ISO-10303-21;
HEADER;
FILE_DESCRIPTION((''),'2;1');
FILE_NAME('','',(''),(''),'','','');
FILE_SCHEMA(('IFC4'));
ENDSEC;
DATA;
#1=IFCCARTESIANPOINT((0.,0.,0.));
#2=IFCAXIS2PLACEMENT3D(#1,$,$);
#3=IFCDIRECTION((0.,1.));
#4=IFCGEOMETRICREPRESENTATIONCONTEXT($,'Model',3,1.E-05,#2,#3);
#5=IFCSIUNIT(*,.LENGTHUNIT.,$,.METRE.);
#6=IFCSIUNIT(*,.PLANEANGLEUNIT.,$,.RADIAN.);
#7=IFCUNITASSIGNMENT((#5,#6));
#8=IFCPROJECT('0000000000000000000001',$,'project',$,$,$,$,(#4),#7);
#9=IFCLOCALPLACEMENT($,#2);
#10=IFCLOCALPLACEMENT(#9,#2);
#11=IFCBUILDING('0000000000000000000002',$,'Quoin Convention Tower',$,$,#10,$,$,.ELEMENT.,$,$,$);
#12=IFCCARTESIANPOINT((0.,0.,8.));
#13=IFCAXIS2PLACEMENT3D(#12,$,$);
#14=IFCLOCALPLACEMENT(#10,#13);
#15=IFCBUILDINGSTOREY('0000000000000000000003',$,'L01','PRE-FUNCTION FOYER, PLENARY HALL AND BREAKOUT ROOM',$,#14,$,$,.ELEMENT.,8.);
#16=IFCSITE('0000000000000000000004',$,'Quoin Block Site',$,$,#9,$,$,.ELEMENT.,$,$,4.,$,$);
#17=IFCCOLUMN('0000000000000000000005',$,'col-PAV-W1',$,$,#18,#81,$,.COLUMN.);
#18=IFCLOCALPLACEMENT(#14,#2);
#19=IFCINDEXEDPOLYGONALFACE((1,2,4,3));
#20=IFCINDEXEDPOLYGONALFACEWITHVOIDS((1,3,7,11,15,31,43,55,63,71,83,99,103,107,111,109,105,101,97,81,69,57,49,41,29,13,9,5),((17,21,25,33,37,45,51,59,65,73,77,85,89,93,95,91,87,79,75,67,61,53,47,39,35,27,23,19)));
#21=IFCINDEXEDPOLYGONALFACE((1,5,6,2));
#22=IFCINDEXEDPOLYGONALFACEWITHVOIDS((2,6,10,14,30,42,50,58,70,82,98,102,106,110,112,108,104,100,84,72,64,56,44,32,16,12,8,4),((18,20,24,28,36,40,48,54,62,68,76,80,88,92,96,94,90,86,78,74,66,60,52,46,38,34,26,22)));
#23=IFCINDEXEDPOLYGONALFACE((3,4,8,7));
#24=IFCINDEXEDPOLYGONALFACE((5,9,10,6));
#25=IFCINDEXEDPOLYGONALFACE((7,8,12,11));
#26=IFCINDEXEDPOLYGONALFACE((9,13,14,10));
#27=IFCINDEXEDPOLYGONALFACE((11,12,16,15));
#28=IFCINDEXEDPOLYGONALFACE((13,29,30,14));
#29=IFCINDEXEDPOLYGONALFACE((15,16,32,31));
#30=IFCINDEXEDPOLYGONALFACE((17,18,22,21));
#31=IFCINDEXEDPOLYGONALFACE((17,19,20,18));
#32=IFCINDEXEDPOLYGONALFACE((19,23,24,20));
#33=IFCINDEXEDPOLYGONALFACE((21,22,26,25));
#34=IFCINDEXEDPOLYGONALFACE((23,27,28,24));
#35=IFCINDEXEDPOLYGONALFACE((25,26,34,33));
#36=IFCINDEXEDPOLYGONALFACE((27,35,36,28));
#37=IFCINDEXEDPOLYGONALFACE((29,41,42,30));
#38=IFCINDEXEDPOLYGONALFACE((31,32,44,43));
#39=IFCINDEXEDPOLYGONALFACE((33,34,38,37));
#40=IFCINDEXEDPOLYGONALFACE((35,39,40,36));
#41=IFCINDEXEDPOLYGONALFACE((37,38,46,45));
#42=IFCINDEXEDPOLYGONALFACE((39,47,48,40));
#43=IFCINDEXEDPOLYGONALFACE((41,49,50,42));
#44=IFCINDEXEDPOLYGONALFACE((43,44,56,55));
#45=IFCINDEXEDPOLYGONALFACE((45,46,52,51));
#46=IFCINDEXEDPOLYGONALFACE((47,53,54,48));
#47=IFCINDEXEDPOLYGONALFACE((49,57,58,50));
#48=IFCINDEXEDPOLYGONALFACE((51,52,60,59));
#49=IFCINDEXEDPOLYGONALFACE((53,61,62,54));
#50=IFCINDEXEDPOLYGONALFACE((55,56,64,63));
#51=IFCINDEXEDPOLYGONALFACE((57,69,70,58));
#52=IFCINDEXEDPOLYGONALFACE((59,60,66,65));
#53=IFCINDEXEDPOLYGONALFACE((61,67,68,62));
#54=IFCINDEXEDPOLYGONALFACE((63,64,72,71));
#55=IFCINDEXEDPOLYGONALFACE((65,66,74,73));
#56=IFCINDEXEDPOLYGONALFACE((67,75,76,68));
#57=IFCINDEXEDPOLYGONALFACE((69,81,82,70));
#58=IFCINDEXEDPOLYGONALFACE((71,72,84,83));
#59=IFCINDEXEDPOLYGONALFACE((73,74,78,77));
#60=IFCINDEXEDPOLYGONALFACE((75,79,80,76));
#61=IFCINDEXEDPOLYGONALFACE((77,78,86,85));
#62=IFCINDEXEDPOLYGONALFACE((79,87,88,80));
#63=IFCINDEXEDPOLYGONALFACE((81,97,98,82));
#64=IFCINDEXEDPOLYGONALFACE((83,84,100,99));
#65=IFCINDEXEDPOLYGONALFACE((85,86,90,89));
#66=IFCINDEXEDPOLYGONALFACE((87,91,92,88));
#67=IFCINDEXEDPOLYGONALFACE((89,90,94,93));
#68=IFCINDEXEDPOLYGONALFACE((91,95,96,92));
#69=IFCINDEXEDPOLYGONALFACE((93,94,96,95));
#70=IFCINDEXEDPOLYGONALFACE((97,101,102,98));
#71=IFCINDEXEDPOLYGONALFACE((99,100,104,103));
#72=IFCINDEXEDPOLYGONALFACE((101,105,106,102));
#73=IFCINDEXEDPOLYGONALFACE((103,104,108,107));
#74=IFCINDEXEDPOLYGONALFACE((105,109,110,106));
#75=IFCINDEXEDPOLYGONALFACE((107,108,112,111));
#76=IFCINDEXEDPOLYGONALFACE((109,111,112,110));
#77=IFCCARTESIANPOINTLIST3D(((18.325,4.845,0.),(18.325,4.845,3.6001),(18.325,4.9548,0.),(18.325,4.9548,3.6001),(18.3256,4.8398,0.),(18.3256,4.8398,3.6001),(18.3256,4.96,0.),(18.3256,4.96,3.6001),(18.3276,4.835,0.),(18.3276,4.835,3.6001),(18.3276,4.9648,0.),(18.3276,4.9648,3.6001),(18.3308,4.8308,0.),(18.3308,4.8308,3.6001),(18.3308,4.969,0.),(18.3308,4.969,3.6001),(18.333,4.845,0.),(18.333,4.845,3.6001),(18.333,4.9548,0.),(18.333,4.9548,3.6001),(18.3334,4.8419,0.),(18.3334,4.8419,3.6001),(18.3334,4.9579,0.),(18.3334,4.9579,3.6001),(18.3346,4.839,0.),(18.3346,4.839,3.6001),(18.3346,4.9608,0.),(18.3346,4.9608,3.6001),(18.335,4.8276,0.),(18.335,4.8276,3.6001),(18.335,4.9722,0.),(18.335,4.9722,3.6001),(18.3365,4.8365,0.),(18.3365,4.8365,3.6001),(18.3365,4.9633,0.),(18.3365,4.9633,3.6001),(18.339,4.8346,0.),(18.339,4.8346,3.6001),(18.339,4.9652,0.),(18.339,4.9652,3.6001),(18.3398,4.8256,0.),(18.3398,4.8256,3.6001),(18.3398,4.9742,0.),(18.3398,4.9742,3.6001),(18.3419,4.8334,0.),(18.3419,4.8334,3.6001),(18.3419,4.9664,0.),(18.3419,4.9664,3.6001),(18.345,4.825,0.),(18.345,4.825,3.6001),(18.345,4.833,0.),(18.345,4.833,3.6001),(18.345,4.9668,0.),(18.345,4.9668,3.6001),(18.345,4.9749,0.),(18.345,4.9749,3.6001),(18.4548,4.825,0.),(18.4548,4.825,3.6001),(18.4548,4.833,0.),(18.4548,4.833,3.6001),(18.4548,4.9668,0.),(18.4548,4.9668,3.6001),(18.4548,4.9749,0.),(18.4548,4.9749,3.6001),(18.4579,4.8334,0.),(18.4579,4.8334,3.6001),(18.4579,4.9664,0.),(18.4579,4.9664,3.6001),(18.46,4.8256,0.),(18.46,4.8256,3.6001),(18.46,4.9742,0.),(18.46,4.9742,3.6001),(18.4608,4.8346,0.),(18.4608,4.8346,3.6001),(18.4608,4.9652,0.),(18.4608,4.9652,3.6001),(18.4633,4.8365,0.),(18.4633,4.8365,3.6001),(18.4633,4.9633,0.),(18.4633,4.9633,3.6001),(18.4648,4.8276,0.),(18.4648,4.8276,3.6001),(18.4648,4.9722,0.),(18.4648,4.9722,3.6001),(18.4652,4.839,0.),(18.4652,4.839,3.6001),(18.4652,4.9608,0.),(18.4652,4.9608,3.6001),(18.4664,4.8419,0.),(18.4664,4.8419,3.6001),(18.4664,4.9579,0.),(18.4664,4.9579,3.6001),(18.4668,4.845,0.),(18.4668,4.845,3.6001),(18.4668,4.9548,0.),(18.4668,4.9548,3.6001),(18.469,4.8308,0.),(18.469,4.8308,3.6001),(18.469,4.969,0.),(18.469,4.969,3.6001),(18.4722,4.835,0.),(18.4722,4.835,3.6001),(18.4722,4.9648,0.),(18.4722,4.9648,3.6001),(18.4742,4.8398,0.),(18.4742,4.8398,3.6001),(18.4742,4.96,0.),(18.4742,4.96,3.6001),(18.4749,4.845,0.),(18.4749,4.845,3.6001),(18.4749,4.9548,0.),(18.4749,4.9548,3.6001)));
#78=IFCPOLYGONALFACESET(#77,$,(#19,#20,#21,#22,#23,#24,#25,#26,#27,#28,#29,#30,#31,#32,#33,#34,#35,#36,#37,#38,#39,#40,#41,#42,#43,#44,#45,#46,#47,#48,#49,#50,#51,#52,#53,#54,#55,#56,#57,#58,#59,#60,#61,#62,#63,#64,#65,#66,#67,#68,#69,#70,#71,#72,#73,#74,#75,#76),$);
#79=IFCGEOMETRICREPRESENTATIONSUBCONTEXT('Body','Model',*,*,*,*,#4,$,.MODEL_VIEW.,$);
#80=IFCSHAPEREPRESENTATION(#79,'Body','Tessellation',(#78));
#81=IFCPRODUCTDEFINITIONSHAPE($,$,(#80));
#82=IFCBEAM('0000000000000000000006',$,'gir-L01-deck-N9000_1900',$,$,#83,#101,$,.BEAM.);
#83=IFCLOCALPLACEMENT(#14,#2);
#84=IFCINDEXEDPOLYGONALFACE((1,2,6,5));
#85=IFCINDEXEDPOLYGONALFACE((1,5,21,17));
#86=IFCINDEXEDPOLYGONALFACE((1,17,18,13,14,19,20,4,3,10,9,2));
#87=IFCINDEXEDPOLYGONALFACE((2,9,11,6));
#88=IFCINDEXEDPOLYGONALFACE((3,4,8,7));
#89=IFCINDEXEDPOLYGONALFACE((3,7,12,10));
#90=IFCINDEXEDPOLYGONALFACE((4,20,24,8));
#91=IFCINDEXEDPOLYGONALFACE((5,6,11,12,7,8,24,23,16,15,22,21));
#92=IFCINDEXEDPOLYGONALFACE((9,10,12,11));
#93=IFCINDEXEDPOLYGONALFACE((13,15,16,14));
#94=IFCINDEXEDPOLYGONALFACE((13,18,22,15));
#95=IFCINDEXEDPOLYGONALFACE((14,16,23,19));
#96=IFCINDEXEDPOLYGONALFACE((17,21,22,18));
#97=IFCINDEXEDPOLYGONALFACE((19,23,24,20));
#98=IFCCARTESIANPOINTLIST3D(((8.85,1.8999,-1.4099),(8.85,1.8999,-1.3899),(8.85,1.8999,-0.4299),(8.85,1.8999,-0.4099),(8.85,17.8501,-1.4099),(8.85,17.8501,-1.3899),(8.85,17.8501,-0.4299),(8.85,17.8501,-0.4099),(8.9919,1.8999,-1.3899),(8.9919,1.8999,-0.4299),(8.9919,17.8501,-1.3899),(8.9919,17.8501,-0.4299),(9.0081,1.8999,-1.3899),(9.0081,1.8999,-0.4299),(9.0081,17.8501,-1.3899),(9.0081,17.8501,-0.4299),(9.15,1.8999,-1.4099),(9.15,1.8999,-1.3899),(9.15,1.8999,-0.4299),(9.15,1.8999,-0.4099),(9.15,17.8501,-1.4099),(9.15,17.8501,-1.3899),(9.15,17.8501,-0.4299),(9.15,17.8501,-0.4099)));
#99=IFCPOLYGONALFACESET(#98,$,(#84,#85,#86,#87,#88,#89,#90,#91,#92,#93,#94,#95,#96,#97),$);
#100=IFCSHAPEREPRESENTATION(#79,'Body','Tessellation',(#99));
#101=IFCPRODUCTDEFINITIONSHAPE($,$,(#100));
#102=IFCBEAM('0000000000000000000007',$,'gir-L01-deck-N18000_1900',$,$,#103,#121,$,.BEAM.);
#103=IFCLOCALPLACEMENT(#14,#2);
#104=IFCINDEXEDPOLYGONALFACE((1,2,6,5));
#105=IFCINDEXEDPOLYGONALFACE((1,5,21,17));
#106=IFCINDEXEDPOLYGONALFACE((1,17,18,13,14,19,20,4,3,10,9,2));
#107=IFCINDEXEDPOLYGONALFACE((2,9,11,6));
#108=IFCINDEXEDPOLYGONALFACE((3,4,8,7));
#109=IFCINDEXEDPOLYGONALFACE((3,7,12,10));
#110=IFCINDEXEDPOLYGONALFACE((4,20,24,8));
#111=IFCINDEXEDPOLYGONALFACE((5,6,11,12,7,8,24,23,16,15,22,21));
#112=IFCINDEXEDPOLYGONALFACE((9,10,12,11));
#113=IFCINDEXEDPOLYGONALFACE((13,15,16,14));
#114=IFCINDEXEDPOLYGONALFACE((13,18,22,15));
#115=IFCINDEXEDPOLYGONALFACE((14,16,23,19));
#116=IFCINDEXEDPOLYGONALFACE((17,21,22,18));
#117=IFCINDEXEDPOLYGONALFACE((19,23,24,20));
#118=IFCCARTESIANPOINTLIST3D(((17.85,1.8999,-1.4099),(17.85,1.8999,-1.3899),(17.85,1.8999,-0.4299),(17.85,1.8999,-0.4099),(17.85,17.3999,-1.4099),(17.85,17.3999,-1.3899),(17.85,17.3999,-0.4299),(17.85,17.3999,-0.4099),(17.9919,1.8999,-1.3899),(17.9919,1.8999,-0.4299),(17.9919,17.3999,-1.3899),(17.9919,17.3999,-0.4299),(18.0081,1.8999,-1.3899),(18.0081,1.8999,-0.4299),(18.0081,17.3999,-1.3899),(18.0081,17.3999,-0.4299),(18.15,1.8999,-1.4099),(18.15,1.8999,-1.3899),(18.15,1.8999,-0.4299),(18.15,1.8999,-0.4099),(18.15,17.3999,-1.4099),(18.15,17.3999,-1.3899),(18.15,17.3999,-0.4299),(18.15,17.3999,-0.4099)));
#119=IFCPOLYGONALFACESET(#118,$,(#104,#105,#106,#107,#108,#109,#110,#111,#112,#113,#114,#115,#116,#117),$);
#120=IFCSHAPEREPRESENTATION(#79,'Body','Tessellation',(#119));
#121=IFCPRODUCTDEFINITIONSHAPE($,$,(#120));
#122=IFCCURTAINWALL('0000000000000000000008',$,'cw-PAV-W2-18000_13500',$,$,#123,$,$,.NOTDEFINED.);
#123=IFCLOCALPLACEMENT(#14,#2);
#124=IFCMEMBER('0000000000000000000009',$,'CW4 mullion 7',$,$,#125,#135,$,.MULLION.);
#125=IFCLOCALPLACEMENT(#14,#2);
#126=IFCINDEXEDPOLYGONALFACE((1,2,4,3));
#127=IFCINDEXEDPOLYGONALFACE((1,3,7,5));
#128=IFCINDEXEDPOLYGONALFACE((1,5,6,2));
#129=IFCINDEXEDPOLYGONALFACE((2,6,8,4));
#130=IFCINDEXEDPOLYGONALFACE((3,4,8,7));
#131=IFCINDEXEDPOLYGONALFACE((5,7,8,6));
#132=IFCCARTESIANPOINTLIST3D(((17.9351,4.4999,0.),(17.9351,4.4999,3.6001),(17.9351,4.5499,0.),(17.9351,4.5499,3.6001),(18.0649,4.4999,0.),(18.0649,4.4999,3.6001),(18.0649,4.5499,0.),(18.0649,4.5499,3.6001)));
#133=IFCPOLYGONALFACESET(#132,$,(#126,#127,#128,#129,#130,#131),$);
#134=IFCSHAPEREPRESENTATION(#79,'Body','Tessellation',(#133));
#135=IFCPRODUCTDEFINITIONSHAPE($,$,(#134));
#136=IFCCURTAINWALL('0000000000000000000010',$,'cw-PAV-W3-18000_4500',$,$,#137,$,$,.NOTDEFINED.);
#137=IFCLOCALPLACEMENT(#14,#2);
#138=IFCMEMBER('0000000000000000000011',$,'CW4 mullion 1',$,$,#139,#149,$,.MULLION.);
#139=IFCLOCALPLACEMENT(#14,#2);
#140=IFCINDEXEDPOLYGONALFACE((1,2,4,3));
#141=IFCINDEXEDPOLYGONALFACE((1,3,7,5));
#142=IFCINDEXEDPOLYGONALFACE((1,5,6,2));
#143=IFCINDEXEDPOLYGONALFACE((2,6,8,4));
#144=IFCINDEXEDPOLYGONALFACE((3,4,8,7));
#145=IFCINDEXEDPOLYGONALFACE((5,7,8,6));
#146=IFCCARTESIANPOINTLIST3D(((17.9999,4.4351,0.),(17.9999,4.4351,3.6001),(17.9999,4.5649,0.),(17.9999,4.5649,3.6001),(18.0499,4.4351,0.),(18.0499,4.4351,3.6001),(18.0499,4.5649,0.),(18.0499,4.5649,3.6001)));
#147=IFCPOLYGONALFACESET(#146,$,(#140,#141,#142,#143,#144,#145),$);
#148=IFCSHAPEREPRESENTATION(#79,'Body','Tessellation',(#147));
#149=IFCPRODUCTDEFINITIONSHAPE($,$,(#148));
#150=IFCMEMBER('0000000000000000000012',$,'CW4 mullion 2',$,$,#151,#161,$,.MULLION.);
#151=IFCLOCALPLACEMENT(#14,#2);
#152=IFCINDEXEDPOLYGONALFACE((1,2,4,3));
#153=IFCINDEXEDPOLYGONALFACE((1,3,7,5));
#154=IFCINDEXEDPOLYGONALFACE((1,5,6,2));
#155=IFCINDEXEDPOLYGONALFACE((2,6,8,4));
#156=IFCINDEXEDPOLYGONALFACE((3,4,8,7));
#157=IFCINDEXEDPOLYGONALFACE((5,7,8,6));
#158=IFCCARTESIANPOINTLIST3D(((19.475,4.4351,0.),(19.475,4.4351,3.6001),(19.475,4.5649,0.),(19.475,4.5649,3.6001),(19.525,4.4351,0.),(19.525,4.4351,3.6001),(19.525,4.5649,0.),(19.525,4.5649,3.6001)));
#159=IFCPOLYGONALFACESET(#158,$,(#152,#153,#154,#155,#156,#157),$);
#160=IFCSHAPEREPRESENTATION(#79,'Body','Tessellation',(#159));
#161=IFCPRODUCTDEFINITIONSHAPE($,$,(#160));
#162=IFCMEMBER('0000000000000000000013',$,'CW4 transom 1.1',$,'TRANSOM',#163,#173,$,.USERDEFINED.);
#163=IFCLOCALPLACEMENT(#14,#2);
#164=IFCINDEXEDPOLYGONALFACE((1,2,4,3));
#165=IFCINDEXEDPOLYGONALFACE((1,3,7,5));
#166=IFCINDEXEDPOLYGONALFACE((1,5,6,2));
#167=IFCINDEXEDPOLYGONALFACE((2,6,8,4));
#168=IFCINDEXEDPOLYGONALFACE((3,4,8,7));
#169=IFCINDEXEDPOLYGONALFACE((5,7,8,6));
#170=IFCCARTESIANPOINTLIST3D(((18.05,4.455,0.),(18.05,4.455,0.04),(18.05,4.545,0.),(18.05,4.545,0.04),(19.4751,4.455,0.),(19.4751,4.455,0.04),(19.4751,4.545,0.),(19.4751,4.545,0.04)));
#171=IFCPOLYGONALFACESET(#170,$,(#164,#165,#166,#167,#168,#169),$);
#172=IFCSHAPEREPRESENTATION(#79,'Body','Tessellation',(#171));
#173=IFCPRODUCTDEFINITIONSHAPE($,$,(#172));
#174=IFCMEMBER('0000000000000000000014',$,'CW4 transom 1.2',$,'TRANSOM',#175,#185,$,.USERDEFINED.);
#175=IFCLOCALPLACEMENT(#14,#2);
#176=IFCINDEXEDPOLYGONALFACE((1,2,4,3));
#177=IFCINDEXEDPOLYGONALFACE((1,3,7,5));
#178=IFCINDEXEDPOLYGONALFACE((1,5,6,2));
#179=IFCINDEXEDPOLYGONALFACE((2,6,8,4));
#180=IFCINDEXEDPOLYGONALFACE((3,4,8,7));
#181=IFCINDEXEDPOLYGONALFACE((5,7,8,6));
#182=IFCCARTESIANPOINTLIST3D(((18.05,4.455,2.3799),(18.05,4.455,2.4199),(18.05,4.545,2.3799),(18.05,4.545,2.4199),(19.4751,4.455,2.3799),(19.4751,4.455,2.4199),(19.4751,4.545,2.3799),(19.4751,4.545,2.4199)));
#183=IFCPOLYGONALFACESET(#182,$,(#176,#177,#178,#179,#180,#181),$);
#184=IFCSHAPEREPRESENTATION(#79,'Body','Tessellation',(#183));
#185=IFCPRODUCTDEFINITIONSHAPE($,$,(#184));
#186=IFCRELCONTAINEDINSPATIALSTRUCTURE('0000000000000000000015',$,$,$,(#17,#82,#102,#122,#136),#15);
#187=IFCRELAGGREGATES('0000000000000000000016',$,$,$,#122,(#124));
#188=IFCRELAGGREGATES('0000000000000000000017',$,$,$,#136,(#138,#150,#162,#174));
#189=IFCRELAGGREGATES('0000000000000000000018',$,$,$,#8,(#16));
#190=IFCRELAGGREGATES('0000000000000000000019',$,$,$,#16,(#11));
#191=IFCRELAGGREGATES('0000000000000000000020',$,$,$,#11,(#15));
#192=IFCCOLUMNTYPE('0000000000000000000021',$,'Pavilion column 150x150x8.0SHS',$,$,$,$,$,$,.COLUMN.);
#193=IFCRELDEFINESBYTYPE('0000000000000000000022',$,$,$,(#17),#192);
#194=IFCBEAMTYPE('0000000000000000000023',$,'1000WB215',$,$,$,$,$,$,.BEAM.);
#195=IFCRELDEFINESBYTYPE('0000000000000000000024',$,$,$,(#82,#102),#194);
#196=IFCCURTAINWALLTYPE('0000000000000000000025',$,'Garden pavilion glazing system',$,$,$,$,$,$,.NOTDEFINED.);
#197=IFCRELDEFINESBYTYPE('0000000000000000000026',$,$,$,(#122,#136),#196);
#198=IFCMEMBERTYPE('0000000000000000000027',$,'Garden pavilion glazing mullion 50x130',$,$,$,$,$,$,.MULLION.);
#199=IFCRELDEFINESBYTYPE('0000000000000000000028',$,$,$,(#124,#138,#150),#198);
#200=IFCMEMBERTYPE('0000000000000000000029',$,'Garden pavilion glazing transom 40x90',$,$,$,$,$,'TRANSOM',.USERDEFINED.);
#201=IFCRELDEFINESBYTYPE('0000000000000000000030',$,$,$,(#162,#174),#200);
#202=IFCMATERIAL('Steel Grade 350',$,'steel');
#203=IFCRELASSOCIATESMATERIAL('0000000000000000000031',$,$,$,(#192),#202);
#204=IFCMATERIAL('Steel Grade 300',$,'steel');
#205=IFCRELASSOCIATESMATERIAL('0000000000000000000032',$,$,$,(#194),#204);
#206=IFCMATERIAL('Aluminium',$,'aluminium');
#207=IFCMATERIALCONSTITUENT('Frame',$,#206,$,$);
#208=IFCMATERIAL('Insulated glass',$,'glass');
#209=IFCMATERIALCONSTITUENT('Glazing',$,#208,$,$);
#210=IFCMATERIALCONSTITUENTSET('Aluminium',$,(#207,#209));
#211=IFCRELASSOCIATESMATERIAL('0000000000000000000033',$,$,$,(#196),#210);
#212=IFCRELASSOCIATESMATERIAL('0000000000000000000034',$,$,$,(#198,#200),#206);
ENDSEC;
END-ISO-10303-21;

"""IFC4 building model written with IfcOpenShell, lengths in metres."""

from ifc_helpers import new_model, si_unit, direction, frame, origin, origin_2d, place, context, subcontext, project, spatial, rectangle, hollow_rectangle, i_section, extrude, material, constituent, constituent_set, material_profile, profile_set, type_object, element, aggregate, save


model = new_model("IFC4")

# Units and contexts
model_context = context("Model", 3, precision=1e-05, world=origin(), true_north=direction((0.0, 1.0)))
body_context = subcontext(model_context, "Body", "Model", "MODEL_VIEW")
ifc_project = project(units=[si_unit("LENGTHUNIT", "METRE"), si_unit("PLANEANGLEUNIT", "RADIAN")], contexts=[model_context])

# Site, building, storey
site_placement = place(None, origin())
site = spatial("IfcSite", under=ifc_project, at=site_placement, Name="Quoin Block Site", CompositionType="ELEMENT", RefElevation=4.0)
building_placement = place(site_placement, origin())
building = spatial("IfcBuilding", under=site, at=building_placement, Name="Quoin Convention Tower", CompositionType="ELEMENT")
storey_placement = place(building_placement, frame((0.0, 0.0, 8.0)))
storey = spatial("IfcBuildingStorey", under=building, at=storey_placement, Name="L01", Description="PRE-FUNCTION FOYER, PLENARY HALL AND BREAKOUT ROOM", CompositionType="ELEMENT", Elevation=8.0)

# Column
ifc_material_1 = material(Name="Steel Grade 350", Category="steel")
ifc_material_profile_1 = material_profile(ifc_material_1, hollow_rectangle(XDim=0.1499, YDim=0.1499, WallThickness=0.0081, InnerFilletRadius=0.012, OuterFilletRadius=0.02, at=origin_2d()), Name="150x150x8.0SHS")
ifc_profile_set_1 = profile_set([ifc_material_profile_1], Name="Steel Grade 350")
column_type = type_object("IfcColumnType", Name="Pavilion column 150x150x8.0SHS", PredefinedType="COLUMN", material=ifc_profile_set_1)
column_placement = place(storey_placement, frame((18.3999, 4.8999, 0.0), z_axis=(0.0, 0.0, 1.0), x_axis=(1.0, 0.0, 0.0)))
element("IfcColumn", 1, at=column_placement, inside=storey, type_object=column_type, Name="col-PAV-W1", PredefinedType="COLUMN", context=body_context, shape_type="SweptSolid", body=[
    extrude(hollow_rectangle(XDim=0.1499, YDim=0.1499, WallThickness=0.0081, InnerFilletRadius=0.012, OuterFilletRadius=0.02, at=origin_2d()), origin(), (0.0, 0.0, 1.0), 3.6001),
])

# Beams
ifc_material_2 = material(Name="Steel Grade 300", Category="steel")
ifc_material_profile_2 = material_profile(ifc_material_2, i_section(OverallWidth=0.3, OverallDepth=1.0, WebThickness=0.0161, FlangeThickness=0.02, at=origin_2d()), Name="1000WB215")
ifc_profile_set_2 = profile_set([ifc_material_profile_2], Name="Steel Grade 300")
beam_type_1 = type_object("IfcBeamType", Name="1000WB215", PredefinedType="BEAM", material=ifc_profile_set_2)
beam_1_placement = place(storey_placement, frame((9.0, 1.8999, -0.9099), z_axis=(0.0, 1.0, 0.0), x_axis=(-1.0, 0.0, 0.0)))
element("IfcBeam", 2, at=beam_1_placement, inside=storey, type_object=beam_type_1, Name="gir-L01-deck-N9000_1900", PredefinedType="BEAM", context=body_context, shape_type="SweptSolid", body=[
    extrude(i_section(OverallWidth=0.3, OverallDepth=1.0, WebThickness=0.0161, FlangeThickness=0.02, at=origin_2d()), origin(), (0.0, 0.0, 1.0), 15.9502),
])
beam_2_placement = place(storey_placement, frame((18.0, 1.8999, -0.9099), z_axis=(0.0, 1.0, 0.0), x_axis=(-1.0, 0.0, 0.0)))
element("IfcBeam", 3, at=beam_2_placement, inside=storey, type_object=beam_type_1, Name="gir-L01-deck-N18000_1900", PredefinedType="BEAM", context=body_context, shape_type="SweptSolid", body=[
    extrude(i_section(OverallWidth=0.3, OverallDepth=1.0, WebThickness=0.0161, FlangeThickness=0.02, at=origin_2d()), origin(), (0.0, 0.0, 1.0), 15.5),
])

# Curtain wall, member
ifc_material_3 = material(Name="Aluminium", Category="aluminium")
ifc_constituent_1 = constituent(ifc_material_3, Name="Frame")
ifc_material_4 = material(Name="Insulated glass", Category="glass")
ifc_constituent_2 = constituent(ifc_material_4, Name="Glazing")
ifc_constituent_set = constituent_set(constituents=[ifc_constituent_1, ifc_constituent_2], Name="Aluminium")
curtain_wall_type = type_object("IfcCurtainWallType", Name="Garden pavilion glazing system", PredefinedType="NOTDEFINED", material=ifc_constituent_set)
curtain_wall_1_placement = place(storey_placement, origin())
curtain_wall_1 = element("IfcCurtainWall", 4, at=curtain_wall_1_placement, inside=storey, type_object=curtain_wall_type, Name="cw-PAV-W2-18000_13500", PredefinedType="NOTDEFINED")
ifc_material_profile_3 = material_profile(ifc_material_3, rectangle(XDim=0.1299, YDim=0.05, at=origin_2d()), Name="Garden pavilion glazing mullion 50x130")
ifc_profile_set_3 = profile_set([ifc_material_profile_3], Name="Aluminium")
member_type_1 = type_object("IfcMemberType", Name="Garden pavilion glazing mullion 50x130", PredefinedType="MULLION", material=ifc_profile_set_3)
member_1_placement = place(storey_placement, frame((18.0, 4.5249, 0.0), z_axis=(0.0, 0.0, 1.0), x_axis=(1.0, 0.0, 0.0)))
member_1 = element("IfcMember", 5, at=member_1_placement, type_object=member_type_1, Name="CW4 mullion 7", PredefinedType="MULLION", context=body_context, shape_type="SweptSolid", body=[
    extrude(rectangle(XDim=0.1299, YDim=0.05, at=origin_2d()), origin(), (0.0, 0.0, 1.0), 3.6001),
])

# Curtain wall, members
curtain_wall_2_placement = place(storey_placement, origin())
curtain_wall_2 = element("IfcCurtainWall", 6, at=curtain_wall_2_placement, inside=storey, type_object=curtain_wall_type, Name="cw-PAV-W3-18000_4500", PredefinedType="NOTDEFINED")
member_2_placement = place(storey_placement, frame((18.0249, 4.5, 0.0), z_axis=(0.0, 0.0, 1.0), x_axis=(0.0, 1.0, 0.0)))
member_2 = element("IfcMember", 7, at=member_2_placement, type_object=member_type_1, Name="CW4 mullion 1", PredefinedType="MULLION", context=body_context, shape_type="SweptSolid", body=[
    extrude(rectangle(XDim=0.1299, YDim=0.05, at=origin_2d()), origin(), (0.0, 0.0, 1.0), 3.6001),
])
member_3_placement = place(storey_placement, frame((19.5, 4.5, 0.0), z_axis=(0.0, 0.0, 1.0), x_axis=(0.0, 1.0, 0.0)))
member_3 = element("IfcMember", 8, at=member_3_placement, type_object=member_type_1, Name="CW4 mullion 2", PredefinedType="MULLION", context=body_context, shape_type="SweptSolid", body=[
    extrude(rectangle(XDim=0.1299, YDim=0.05, at=origin_2d()), origin(), (0.0, 0.0, 1.0), 3.6001),
])
ifc_material_profile_4 = material_profile(ifc_material_3, rectangle(XDim=0.0901, YDim=0.04, at=origin_2d()), Name="Garden pavilion glazing transom 40x90")
ifc_profile_set_4 = profile_set([ifc_material_profile_4], Name="Aluminium")
member_type_2 = type_object("IfcMemberType", Name="Garden pavilion glazing transom 40x90", ElementType="TRANSOM", PredefinedType="USERDEFINED", material=ifc_profile_set_4)
member_4_placement = place(storey_placement, frame((18.05, 4.5, 0.02), z_axis=(1.0, 0.0, 0.0), x_axis=(0.0, 1.0, 0.0)))
member_4 = element("IfcMember", 9, at=member_4_placement, type_object=member_type_2, Name="CW4 transom 1.1", ObjectType="TRANSOM", PredefinedType="USERDEFINED", context=body_context, shape_type="SweptSolid", body=[
    extrude(rectangle(XDim=0.0901, YDim=0.04, at=origin_2d()), origin(), (0.0, 0.0, 1.0), 1.425),
])
member_5_placement = place(storey_placement, frame((18.05, 4.5, 2.3999), z_axis=(1.0, 0.0, 0.0), x_axis=(0.0, 1.0, 0.0)))
member_5 = element("IfcMember", 10, at=member_5_placement, type_object=member_type_2, Name="CW4 transom 1.2", ObjectType="TRANSOM", PredefinedType="USERDEFINED", context=body_context, shape_type="SweptSolid", body=[
    extrude(rectangle(XDim=0.0901, YDim=0.04, at=origin_2d()), origin(), (0.0, 0.0, 1.0), 1.425),
])

aggregate(curtain_wall_1, [member_1])
aggregate(curtain_wall_2, [member_2, member_3, member_4, member_5])

save(model, "model.ifc")
